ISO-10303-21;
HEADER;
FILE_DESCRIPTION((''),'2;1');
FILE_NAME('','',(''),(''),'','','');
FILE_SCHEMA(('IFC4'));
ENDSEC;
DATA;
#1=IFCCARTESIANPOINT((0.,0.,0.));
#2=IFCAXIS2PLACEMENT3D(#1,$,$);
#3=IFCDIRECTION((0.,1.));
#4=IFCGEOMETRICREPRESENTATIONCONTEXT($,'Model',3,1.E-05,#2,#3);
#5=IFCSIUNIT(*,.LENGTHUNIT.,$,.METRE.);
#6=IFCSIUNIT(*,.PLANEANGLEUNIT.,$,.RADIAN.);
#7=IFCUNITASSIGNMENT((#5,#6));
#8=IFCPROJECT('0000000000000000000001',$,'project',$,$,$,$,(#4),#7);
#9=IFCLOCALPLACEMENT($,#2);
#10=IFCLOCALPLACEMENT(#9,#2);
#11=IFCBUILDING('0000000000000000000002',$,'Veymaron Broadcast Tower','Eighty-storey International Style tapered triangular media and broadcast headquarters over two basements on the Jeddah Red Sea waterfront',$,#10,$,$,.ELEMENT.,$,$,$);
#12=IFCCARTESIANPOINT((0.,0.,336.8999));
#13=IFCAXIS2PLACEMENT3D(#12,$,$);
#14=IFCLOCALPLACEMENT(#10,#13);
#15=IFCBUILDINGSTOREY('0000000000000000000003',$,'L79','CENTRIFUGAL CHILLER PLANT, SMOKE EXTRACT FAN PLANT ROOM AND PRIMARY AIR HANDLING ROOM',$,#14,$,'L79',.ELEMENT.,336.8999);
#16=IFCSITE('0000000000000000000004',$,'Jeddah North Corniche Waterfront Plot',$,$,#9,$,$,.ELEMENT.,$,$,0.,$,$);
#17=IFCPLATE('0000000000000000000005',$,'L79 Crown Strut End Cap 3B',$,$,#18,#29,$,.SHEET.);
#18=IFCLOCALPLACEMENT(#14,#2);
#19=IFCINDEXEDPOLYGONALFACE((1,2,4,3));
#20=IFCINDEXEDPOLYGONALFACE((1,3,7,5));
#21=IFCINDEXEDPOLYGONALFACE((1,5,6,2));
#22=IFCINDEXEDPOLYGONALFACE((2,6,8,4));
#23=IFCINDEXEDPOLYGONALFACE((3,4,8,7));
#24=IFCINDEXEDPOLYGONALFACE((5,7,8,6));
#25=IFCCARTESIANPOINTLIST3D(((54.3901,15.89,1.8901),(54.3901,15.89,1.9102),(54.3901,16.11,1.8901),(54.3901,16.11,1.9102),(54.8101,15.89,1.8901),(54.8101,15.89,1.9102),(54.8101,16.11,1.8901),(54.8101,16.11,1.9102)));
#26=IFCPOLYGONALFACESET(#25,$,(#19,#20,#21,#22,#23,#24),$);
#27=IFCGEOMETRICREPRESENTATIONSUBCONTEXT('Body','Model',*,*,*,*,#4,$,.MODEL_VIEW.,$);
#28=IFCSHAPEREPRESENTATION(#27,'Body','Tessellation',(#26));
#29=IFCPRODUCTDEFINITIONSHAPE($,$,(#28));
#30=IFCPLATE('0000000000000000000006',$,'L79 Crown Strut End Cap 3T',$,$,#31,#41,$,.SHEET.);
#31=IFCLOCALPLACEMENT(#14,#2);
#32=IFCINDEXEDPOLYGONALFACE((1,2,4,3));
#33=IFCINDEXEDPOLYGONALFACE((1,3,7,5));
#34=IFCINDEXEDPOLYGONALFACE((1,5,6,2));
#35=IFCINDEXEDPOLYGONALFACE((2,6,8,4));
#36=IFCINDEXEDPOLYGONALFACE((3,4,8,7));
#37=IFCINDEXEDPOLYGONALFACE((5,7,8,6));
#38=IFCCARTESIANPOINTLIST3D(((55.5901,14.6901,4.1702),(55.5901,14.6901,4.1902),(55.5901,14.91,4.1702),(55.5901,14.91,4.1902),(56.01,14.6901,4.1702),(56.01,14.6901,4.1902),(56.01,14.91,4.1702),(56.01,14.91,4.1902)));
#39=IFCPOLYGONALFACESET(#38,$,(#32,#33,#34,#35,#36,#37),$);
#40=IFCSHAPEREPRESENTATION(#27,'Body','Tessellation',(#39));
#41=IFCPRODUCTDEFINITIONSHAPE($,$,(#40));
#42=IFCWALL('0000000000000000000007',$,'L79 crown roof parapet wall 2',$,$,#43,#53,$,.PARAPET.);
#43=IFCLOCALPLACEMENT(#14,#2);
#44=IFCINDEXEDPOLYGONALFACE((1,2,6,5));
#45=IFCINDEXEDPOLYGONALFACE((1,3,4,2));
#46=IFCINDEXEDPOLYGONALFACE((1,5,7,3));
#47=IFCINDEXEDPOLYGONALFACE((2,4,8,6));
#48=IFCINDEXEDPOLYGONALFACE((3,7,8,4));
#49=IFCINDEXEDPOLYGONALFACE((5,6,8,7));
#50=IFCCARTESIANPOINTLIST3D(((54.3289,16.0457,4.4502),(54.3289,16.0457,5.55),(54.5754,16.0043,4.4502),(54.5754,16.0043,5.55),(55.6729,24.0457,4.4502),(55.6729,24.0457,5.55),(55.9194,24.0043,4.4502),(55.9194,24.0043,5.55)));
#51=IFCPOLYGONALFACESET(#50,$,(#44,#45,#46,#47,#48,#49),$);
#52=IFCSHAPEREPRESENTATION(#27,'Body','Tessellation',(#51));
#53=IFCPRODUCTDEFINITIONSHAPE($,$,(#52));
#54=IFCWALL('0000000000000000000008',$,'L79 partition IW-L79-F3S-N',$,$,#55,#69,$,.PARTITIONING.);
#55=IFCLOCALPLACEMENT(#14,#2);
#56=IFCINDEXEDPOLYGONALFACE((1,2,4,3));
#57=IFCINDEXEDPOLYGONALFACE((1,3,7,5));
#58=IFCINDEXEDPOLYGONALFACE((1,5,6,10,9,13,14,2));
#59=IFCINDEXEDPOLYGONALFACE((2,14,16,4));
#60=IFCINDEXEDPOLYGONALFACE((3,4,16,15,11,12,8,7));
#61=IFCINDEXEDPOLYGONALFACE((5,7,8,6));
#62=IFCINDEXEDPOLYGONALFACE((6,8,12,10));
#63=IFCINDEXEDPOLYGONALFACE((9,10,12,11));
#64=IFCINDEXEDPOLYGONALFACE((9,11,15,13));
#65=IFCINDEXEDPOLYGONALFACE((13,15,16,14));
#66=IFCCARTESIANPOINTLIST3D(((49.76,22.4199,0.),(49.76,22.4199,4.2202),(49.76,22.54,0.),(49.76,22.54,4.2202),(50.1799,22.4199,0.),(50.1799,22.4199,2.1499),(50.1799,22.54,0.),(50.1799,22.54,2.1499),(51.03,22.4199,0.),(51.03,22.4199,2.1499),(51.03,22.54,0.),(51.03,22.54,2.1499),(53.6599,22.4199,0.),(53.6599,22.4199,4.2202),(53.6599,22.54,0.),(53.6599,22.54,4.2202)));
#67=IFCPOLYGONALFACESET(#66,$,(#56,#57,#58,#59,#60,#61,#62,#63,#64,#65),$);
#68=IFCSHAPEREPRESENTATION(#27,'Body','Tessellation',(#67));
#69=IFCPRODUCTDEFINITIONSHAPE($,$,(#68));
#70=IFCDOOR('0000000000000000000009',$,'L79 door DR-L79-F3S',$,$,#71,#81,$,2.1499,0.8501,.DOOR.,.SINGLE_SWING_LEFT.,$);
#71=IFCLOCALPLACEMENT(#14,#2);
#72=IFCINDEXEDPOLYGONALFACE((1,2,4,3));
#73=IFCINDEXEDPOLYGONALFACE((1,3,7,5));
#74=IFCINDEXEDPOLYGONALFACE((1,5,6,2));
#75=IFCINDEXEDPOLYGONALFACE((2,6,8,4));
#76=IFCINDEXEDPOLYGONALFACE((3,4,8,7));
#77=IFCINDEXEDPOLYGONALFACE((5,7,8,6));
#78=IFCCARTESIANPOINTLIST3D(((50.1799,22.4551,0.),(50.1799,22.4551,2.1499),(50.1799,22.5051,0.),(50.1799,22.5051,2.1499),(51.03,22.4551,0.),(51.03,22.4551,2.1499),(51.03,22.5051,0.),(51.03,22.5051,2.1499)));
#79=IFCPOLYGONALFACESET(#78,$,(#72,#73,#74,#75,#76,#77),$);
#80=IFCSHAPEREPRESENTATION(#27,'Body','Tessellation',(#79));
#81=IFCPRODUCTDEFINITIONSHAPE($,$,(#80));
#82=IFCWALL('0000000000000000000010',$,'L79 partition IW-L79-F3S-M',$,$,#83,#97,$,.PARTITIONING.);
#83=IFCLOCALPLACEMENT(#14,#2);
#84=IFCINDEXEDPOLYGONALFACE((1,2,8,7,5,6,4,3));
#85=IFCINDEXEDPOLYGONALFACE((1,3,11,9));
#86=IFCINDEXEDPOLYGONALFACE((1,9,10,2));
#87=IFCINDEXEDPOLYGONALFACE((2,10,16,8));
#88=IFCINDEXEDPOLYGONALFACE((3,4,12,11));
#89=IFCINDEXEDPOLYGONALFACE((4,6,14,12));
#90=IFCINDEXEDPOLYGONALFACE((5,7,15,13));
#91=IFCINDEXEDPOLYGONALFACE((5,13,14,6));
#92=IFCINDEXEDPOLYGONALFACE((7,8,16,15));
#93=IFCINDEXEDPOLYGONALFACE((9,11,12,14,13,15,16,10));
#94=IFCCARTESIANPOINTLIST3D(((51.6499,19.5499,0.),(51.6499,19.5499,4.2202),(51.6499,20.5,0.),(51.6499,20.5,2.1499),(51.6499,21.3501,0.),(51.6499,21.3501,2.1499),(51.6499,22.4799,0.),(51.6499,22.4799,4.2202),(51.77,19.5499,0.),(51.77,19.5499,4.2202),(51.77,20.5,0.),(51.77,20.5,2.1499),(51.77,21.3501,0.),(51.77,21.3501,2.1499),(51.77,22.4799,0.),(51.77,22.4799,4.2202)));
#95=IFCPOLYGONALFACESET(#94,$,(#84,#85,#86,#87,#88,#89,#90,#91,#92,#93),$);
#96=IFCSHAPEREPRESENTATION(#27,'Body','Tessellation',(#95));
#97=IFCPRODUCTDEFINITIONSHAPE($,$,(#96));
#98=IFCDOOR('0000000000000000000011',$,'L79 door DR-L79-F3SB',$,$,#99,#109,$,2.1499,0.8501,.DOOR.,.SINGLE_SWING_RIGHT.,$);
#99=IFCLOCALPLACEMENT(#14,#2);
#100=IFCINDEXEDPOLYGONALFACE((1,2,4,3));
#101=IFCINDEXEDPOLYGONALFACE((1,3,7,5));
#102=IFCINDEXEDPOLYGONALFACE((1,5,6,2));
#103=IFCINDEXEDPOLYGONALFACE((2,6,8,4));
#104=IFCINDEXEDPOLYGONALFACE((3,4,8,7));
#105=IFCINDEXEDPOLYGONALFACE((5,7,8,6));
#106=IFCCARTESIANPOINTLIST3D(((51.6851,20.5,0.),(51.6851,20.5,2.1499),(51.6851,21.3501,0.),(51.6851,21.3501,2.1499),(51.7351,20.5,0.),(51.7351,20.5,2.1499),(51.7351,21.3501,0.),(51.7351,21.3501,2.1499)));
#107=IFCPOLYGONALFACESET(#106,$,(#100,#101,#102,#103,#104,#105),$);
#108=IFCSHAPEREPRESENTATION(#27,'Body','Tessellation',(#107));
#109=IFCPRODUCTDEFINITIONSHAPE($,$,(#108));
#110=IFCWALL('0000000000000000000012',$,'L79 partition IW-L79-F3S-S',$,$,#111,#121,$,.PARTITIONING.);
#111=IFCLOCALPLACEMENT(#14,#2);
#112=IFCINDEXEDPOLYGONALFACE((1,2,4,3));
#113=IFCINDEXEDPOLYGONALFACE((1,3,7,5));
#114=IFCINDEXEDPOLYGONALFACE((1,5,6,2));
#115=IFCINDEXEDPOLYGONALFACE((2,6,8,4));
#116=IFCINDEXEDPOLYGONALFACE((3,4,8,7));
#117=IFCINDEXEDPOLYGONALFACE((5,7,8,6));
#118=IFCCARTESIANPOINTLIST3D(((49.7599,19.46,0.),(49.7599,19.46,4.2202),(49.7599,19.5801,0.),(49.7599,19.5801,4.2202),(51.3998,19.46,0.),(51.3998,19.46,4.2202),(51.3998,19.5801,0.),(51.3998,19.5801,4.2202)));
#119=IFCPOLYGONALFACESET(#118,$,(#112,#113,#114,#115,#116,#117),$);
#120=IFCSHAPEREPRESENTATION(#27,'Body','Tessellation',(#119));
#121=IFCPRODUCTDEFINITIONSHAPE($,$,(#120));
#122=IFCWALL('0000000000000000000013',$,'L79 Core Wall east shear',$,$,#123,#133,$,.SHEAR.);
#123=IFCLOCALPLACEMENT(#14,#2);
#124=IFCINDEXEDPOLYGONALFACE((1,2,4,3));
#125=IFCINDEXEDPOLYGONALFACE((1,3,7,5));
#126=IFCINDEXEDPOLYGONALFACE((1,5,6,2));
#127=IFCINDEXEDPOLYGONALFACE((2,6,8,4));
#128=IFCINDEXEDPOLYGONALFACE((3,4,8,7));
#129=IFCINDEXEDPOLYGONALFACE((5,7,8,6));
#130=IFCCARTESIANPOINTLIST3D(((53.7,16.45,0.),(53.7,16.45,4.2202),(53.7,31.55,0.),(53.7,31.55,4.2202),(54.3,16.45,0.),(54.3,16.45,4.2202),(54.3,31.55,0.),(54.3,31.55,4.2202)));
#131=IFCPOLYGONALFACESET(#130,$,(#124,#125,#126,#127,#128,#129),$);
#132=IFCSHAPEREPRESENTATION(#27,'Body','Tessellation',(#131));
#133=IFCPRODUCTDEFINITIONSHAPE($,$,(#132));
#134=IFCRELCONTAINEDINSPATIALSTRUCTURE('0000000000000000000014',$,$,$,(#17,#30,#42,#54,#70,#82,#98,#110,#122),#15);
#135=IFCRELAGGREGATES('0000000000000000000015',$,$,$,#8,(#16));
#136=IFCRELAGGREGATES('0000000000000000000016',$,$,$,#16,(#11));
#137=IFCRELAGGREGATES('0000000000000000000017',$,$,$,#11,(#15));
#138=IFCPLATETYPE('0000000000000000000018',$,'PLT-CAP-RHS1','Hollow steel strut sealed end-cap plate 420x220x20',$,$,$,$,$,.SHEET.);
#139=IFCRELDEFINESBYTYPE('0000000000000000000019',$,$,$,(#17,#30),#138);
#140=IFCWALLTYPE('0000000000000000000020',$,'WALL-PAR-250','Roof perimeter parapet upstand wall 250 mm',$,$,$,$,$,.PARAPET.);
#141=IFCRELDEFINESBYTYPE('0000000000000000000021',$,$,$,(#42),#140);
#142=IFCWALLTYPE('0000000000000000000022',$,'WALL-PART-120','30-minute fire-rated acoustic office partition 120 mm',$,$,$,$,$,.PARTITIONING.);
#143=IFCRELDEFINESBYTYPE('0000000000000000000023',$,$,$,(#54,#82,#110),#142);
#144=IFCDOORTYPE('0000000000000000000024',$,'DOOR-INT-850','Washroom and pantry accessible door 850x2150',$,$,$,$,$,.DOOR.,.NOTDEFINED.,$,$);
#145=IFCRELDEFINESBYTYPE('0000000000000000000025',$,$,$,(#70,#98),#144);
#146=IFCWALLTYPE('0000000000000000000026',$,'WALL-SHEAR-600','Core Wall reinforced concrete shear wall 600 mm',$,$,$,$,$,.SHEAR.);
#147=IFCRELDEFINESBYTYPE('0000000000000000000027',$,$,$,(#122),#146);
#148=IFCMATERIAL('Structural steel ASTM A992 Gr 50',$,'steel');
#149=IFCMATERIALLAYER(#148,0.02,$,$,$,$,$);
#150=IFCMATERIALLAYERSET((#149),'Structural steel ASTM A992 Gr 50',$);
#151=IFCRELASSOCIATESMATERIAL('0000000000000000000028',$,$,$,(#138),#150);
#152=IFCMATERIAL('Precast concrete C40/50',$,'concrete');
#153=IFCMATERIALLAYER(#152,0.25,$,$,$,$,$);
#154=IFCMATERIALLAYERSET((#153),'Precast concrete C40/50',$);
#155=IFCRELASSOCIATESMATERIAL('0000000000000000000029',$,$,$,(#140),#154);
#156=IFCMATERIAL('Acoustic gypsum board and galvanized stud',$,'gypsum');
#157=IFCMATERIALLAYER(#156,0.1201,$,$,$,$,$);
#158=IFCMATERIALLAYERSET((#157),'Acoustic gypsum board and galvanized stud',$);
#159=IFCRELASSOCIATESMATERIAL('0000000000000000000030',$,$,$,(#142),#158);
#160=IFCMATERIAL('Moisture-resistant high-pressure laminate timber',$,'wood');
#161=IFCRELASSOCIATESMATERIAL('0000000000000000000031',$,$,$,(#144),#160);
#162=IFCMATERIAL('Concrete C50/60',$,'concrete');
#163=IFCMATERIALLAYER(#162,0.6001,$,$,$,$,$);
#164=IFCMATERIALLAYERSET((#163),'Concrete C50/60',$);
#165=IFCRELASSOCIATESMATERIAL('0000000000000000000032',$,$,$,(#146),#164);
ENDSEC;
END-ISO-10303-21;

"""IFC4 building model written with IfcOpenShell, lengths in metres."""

from ifc_helpers import new_model, si_unit, direction, frame, frame_2d, origin, origin_2d, place, context, subcontext, project, spatial, rectangle, extrude, material, layer, layer_set, type_object, element, fill, save


model = new_model("IFC4")

# Units and contexts
model_context = context("Model", 3, precision=1e-05, world=origin(), true_north=direction((0.0, 1.0)))
body_context = subcontext(model_context, "Body", "Model", "MODEL_VIEW")
ifc_project = project(units=[si_unit("LENGTHUNIT", "METRE"), si_unit("PLANEANGLEUNIT", "RADIAN")], contexts=[model_context])

# Site, building, storey
site_placement = place(None, origin())
site = spatial("IfcSite", under=ifc_project, at=site_placement, Name="Jeddah North Corniche Waterfront Plot", CompositionType="ELEMENT", RefElevation=0.0)
building_placement = place(site_placement, origin())
building = spatial("IfcBuilding", under=site, at=building_placement, Name="Veymaron Broadcast Tower", Description="Eighty-storey International Style tapered triangular media and broadcast headquarters over two basements on the Jeddah Red Sea waterfront", CompositionType="ELEMENT")
storey_placement = place(building_placement, frame((0.0, 0.0, 336.8999)))
storey = spatial("IfcBuildingStorey", under=building, at=storey_placement, Name="L79", Description="CENTRIFUGAL CHILLER PLANT, SMOKE EXTRACT FAN PLANT ROOM AND PRIMARY AIR HANDLING ROOM", LongName="L79", CompositionType="ELEMENT", Elevation=336.8999)

# Shared definitions
ifc_material_1 = material(Name="Structural steel ASTM A992 Gr 50", Category="steel")

# Plates
ifc_layer_1 = layer(ifc_material_1, 0.02)
ifc_layer_set_1 = layer_set([ifc_layer_1], Name="Structural steel ASTM A992 Gr 50")
plate_type_1 = type_object("IfcPlateType", Name="PLT-CAP-RHS1", Description="Hollow steel strut sealed end-cap plate 420x220x20", PredefinedType="SHEET", material=ifc_layer_set_1)
for number, where, z_axis, x_axis, name in (
    (1, (54.6001, 16.0, 1.8901), (0.0, 0.0, 1.0), (1.0, 0.0, 0.0), "L79 Crown Strut End Cap 3B"),
    (2, (55.8, 14.8, 4.1702), (0.0, 0.0, 1.0), (1.0, 0.0, 0.0), "L79 Crown Strut End Cap 3T"),
):
    element("IfcPlate", number, at=place(storey_placement, frame(where, z_axis=z_axis, x_axis=x_axis)), inside=storey, type_object=plate_type_1, Name=name, PredefinedType="SHEET", context=body_context, shape_type="SweptSolid", body=[
        extrude(rectangle(XDim=0.4199, YDim=0.22, at=origin_2d()), origin(), (0.0, 0.0, 1.0), 0.02),
    ])

# Wall
ifc_material_2 = material(Name="Precast concrete C40/50", Category="concrete")
ifc_layer_2 = layer(ifc_material_2, 0.25)
ifc_layer_set_2 = layer_set([ifc_layer_2], Name="Precast concrete C40/50")
wall_type_1 = type_object("IfcWallType", Name="WALL-PAR-250", Description="Roof perimeter parapet upstand wall 250 mm", PredefinedType="PARAPET", material=ifc_layer_set_2)
wall_1_placement = place(storey_placement, frame((54.4521, 16.0249, 4.4502), z_axis=(0.0, 0.0, 1.0), x_axis=(0.165678, 0.98618, 0.0)))
element("IfcWall", 3, at=wall_1_placement, inside=storey, type_object=wall_type_1, Name="L79 crown roof parapet wall 2", PredefinedType="PARAPET", context=body_context, shape_type="SweptSolid", body=[
    extrude(rectangle(XDim=8.1121, YDim=0.25, at=frame_2d((4.0562, 0.0))), origin(), (0.0, 0.0, 1.0), 1.0999),
])

# Walls, openings, doors
ifc_material_3 = material(Name="Acoustic gypsum board and galvanized stud", Category="gypsum")
ifc_layer_3 = layer(ifc_material_3, 0.1201)
ifc_layer_set_3 = layer_set([ifc_layer_3], Name="Acoustic gypsum board and galvanized stud")
wall_type_2 = type_object("IfcWallType", Name="WALL-PART-120", Description="30-minute fire-rated acoustic office partition 120 mm", PredefinedType="PARTITIONING", material=ifc_layer_set_3)
wall_2_placement = place(storey_placement, frame((49.76, 22.48, 0.0), z_axis=(0.0, 0.0, 1.0), x_axis=(1.0, 0.0, 0.0)))
wall_2 = element("IfcWall", 4, at=wall_2_placement, inside=storey, type_object=wall_type_2, Name="L79 partition IW-L79-F3S-N", PredefinedType="PARTITIONING", context=body_context, shape_type="SweptSolid", body=[
    extrude(rectangle(XDim=3.8999, YDim=0.1201, at=frame_2d((1.95, 0.0))), origin(), (0.0, 0.0, 1.0), 4.2202),
])
opening_1_placement = place(wall_2_placement, frame((0.4199, 0.0, 0.0)))
opening_1 = element("IfcOpeningElement", 5, at=opening_1_placement, cuts=wall_2, PredefinedType="OPENING", context=body_context, shape_type="SweptSolid", body=[
    extrude(rectangle(XDim=0.8501, YDim=2.1499, at=frame_2d((0.425, 1.075))), frame((0.0, 0.0701, 0.0), z_axis=(0.0, -1.0, 0.0), x_axis=(1.0, 0.0, 0.0)), (0.0, 0.0, 1.0), 0.1401),
])
ifc_material_4 = material(Name="Moisture-resistant high-pressure laminate timber", Category="wood")
door_type = type_object("IfcDoorType", Name="DOOR-INT-850", Description="Washroom and pantry accessible door 850x2150", OperationType="NOTDEFINED", PredefinedType="DOOR", material=ifc_material_4)
door_1_placement = place(opening_1_placement, frame((0.8501, 0.0, 0.0), z_axis=(0.0, 0.0, 1.0), x_axis=(-1.0, 0.0, 0.0)))
door_1 = element("IfcDoor", 6, at=door_1_placement, inside=storey, type_object=door_type, Name="L79 door DR-L79-F3S", OperationType="SINGLE_SWING_LEFT", OverallHeight=2.1499, OverallWidth=0.8501, PredefinedType="DOOR", context=body_context, shape_type="SweptSolid", body=[
    extrude(rectangle(XDim=0.8501, YDim=2.1499, at=frame_2d((0.425, 1.075))), frame((0.0, 0.0249, 0.0), z_axis=(0.0, -1.0, 0.0), x_axis=(1.0, 0.0, 0.0)), (0.0, 0.0, 1.0), 0.05),
])
fill(opening_1, door_1)
wall_3_placement = place(storey_placement, frame((51.71, 19.55, 0.0), z_axis=(0.0, 0.0, 1.0), x_axis=(0.0, 1.0, 0.0)))
wall_3 = element("IfcWall", 7, at=wall_3_placement, inside=storey, type_object=wall_type_2, Name="L79 partition IW-L79-F3S-M", PredefinedType="PARTITIONING", context=body_context, shape_type="SweptSolid", body=[
    extrude(rectangle(XDim=2.9299, YDim=0.1201, at=frame_2d((1.4648, 0.0))), origin(), (0.0, 0.0, 1.0), 4.2202),
])
opening_2_placement = place(wall_3_placement, frame((0.95, 0.0, 0.0)))
opening_2 = element("IfcOpeningElement", 8, at=opening_2_placement, cuts=wall_3, PredefinedType="OPENING", context=body_context, shape_type="SweptSolid", body=[
    extrude(rectangle(XDim=0.8501, YDim=2.1499, at=frame_2d((0.425, 1.075))), frame((0.0, 0.0701, 0.0), z_axis=(0.0, -1.0, 0.0), x_axis=(1.0, 0.0, 0.0)), (0.0, 0.0, 1.0), 0.1401),
])
door_2_placement = place(opening_2_placement, origin())
door_2 = element("IfcDoor", 9, at=door_2_placement, inside=storey, type_object=door_type, Name="L79 door DR-L79-F3SB", OperationType="SINGLE_SWING_RIGHT", OverallHeight=2.1499, OverallWidth=0.8501, PredefinedType="DOOR", context=body_context, shape_type="SweptSolid", body=[
    extrude(rectangle(XDim=0.8501, YDim=2.1499, at=frame_2d((0.425, 1.075))), frame((0.0, 0.0249, 0.0), z_axis=(0.0, -1.0, 0.0), x_axis=(1.0, 0.0, 0.0)), (0.0, 0.0, 1.0), 0.05),
])
fill(opening_2, door_2)

# Walls
wall_4_placement = place(storey_placement, frame((49.76, 19.52, 0.0), z_axis=(0.0, 0.0, 1.0), x_axis=(1.0, 0.0, 0.0)))
element("IfcWall", 10, at=wall_4_placement, inside=storey, type_object=wall_type_2, Name="L79 partition IW-L79-F3S-S", PredefinedType="PARTITIONING", context=body_context, shape_type="SweptSolid", body=[
    extrude(rectangle(XDim=1.6399, YDim=0.1201, at=frame_2d((0.8198, 0.0))), origin(), (0.0, 0.0, 1.0), 4.2202),
])
ifc_material_5 = material(Name="Concrete C50/60", Category="concrete")
ifc_layer_4 = layer(ifc_material_5, 0.6001)
ifc_layer_set_4 = layer_set([ifc_layer_4], Name="Concrete C50/60")
wall_type_3 = type_object("IfcWallType", Name="WALL-SHEAR-600", Description="Core Wall reinforced concrete shear wall 600 mm", PredefinedType="SHEAR", material=ifc_layer_set_4)
wall_5_placement = place(storey_placement, frame((54.0, 16.45, 0.0), z_axis=(0.0, 0.0, 1.0), x_axis=(0.0, 1.0, 0.0)))
element("IfcWall", 11, at=wall_5_placement, inside=storey, type_object=wall_type_3, Name="L79 Core Wall east shear", PredefinedType="SHEAR", context=body_context, shape_type="SweptSolid", body=[
    extrude(rectangle(XDim=15.1001, YDim=0.6001, at=frame_2d((7.55, 0.0))), origin(), (0.0, 0.0, 1.0), 4.2202),
])

save(model, "model.ifc")
